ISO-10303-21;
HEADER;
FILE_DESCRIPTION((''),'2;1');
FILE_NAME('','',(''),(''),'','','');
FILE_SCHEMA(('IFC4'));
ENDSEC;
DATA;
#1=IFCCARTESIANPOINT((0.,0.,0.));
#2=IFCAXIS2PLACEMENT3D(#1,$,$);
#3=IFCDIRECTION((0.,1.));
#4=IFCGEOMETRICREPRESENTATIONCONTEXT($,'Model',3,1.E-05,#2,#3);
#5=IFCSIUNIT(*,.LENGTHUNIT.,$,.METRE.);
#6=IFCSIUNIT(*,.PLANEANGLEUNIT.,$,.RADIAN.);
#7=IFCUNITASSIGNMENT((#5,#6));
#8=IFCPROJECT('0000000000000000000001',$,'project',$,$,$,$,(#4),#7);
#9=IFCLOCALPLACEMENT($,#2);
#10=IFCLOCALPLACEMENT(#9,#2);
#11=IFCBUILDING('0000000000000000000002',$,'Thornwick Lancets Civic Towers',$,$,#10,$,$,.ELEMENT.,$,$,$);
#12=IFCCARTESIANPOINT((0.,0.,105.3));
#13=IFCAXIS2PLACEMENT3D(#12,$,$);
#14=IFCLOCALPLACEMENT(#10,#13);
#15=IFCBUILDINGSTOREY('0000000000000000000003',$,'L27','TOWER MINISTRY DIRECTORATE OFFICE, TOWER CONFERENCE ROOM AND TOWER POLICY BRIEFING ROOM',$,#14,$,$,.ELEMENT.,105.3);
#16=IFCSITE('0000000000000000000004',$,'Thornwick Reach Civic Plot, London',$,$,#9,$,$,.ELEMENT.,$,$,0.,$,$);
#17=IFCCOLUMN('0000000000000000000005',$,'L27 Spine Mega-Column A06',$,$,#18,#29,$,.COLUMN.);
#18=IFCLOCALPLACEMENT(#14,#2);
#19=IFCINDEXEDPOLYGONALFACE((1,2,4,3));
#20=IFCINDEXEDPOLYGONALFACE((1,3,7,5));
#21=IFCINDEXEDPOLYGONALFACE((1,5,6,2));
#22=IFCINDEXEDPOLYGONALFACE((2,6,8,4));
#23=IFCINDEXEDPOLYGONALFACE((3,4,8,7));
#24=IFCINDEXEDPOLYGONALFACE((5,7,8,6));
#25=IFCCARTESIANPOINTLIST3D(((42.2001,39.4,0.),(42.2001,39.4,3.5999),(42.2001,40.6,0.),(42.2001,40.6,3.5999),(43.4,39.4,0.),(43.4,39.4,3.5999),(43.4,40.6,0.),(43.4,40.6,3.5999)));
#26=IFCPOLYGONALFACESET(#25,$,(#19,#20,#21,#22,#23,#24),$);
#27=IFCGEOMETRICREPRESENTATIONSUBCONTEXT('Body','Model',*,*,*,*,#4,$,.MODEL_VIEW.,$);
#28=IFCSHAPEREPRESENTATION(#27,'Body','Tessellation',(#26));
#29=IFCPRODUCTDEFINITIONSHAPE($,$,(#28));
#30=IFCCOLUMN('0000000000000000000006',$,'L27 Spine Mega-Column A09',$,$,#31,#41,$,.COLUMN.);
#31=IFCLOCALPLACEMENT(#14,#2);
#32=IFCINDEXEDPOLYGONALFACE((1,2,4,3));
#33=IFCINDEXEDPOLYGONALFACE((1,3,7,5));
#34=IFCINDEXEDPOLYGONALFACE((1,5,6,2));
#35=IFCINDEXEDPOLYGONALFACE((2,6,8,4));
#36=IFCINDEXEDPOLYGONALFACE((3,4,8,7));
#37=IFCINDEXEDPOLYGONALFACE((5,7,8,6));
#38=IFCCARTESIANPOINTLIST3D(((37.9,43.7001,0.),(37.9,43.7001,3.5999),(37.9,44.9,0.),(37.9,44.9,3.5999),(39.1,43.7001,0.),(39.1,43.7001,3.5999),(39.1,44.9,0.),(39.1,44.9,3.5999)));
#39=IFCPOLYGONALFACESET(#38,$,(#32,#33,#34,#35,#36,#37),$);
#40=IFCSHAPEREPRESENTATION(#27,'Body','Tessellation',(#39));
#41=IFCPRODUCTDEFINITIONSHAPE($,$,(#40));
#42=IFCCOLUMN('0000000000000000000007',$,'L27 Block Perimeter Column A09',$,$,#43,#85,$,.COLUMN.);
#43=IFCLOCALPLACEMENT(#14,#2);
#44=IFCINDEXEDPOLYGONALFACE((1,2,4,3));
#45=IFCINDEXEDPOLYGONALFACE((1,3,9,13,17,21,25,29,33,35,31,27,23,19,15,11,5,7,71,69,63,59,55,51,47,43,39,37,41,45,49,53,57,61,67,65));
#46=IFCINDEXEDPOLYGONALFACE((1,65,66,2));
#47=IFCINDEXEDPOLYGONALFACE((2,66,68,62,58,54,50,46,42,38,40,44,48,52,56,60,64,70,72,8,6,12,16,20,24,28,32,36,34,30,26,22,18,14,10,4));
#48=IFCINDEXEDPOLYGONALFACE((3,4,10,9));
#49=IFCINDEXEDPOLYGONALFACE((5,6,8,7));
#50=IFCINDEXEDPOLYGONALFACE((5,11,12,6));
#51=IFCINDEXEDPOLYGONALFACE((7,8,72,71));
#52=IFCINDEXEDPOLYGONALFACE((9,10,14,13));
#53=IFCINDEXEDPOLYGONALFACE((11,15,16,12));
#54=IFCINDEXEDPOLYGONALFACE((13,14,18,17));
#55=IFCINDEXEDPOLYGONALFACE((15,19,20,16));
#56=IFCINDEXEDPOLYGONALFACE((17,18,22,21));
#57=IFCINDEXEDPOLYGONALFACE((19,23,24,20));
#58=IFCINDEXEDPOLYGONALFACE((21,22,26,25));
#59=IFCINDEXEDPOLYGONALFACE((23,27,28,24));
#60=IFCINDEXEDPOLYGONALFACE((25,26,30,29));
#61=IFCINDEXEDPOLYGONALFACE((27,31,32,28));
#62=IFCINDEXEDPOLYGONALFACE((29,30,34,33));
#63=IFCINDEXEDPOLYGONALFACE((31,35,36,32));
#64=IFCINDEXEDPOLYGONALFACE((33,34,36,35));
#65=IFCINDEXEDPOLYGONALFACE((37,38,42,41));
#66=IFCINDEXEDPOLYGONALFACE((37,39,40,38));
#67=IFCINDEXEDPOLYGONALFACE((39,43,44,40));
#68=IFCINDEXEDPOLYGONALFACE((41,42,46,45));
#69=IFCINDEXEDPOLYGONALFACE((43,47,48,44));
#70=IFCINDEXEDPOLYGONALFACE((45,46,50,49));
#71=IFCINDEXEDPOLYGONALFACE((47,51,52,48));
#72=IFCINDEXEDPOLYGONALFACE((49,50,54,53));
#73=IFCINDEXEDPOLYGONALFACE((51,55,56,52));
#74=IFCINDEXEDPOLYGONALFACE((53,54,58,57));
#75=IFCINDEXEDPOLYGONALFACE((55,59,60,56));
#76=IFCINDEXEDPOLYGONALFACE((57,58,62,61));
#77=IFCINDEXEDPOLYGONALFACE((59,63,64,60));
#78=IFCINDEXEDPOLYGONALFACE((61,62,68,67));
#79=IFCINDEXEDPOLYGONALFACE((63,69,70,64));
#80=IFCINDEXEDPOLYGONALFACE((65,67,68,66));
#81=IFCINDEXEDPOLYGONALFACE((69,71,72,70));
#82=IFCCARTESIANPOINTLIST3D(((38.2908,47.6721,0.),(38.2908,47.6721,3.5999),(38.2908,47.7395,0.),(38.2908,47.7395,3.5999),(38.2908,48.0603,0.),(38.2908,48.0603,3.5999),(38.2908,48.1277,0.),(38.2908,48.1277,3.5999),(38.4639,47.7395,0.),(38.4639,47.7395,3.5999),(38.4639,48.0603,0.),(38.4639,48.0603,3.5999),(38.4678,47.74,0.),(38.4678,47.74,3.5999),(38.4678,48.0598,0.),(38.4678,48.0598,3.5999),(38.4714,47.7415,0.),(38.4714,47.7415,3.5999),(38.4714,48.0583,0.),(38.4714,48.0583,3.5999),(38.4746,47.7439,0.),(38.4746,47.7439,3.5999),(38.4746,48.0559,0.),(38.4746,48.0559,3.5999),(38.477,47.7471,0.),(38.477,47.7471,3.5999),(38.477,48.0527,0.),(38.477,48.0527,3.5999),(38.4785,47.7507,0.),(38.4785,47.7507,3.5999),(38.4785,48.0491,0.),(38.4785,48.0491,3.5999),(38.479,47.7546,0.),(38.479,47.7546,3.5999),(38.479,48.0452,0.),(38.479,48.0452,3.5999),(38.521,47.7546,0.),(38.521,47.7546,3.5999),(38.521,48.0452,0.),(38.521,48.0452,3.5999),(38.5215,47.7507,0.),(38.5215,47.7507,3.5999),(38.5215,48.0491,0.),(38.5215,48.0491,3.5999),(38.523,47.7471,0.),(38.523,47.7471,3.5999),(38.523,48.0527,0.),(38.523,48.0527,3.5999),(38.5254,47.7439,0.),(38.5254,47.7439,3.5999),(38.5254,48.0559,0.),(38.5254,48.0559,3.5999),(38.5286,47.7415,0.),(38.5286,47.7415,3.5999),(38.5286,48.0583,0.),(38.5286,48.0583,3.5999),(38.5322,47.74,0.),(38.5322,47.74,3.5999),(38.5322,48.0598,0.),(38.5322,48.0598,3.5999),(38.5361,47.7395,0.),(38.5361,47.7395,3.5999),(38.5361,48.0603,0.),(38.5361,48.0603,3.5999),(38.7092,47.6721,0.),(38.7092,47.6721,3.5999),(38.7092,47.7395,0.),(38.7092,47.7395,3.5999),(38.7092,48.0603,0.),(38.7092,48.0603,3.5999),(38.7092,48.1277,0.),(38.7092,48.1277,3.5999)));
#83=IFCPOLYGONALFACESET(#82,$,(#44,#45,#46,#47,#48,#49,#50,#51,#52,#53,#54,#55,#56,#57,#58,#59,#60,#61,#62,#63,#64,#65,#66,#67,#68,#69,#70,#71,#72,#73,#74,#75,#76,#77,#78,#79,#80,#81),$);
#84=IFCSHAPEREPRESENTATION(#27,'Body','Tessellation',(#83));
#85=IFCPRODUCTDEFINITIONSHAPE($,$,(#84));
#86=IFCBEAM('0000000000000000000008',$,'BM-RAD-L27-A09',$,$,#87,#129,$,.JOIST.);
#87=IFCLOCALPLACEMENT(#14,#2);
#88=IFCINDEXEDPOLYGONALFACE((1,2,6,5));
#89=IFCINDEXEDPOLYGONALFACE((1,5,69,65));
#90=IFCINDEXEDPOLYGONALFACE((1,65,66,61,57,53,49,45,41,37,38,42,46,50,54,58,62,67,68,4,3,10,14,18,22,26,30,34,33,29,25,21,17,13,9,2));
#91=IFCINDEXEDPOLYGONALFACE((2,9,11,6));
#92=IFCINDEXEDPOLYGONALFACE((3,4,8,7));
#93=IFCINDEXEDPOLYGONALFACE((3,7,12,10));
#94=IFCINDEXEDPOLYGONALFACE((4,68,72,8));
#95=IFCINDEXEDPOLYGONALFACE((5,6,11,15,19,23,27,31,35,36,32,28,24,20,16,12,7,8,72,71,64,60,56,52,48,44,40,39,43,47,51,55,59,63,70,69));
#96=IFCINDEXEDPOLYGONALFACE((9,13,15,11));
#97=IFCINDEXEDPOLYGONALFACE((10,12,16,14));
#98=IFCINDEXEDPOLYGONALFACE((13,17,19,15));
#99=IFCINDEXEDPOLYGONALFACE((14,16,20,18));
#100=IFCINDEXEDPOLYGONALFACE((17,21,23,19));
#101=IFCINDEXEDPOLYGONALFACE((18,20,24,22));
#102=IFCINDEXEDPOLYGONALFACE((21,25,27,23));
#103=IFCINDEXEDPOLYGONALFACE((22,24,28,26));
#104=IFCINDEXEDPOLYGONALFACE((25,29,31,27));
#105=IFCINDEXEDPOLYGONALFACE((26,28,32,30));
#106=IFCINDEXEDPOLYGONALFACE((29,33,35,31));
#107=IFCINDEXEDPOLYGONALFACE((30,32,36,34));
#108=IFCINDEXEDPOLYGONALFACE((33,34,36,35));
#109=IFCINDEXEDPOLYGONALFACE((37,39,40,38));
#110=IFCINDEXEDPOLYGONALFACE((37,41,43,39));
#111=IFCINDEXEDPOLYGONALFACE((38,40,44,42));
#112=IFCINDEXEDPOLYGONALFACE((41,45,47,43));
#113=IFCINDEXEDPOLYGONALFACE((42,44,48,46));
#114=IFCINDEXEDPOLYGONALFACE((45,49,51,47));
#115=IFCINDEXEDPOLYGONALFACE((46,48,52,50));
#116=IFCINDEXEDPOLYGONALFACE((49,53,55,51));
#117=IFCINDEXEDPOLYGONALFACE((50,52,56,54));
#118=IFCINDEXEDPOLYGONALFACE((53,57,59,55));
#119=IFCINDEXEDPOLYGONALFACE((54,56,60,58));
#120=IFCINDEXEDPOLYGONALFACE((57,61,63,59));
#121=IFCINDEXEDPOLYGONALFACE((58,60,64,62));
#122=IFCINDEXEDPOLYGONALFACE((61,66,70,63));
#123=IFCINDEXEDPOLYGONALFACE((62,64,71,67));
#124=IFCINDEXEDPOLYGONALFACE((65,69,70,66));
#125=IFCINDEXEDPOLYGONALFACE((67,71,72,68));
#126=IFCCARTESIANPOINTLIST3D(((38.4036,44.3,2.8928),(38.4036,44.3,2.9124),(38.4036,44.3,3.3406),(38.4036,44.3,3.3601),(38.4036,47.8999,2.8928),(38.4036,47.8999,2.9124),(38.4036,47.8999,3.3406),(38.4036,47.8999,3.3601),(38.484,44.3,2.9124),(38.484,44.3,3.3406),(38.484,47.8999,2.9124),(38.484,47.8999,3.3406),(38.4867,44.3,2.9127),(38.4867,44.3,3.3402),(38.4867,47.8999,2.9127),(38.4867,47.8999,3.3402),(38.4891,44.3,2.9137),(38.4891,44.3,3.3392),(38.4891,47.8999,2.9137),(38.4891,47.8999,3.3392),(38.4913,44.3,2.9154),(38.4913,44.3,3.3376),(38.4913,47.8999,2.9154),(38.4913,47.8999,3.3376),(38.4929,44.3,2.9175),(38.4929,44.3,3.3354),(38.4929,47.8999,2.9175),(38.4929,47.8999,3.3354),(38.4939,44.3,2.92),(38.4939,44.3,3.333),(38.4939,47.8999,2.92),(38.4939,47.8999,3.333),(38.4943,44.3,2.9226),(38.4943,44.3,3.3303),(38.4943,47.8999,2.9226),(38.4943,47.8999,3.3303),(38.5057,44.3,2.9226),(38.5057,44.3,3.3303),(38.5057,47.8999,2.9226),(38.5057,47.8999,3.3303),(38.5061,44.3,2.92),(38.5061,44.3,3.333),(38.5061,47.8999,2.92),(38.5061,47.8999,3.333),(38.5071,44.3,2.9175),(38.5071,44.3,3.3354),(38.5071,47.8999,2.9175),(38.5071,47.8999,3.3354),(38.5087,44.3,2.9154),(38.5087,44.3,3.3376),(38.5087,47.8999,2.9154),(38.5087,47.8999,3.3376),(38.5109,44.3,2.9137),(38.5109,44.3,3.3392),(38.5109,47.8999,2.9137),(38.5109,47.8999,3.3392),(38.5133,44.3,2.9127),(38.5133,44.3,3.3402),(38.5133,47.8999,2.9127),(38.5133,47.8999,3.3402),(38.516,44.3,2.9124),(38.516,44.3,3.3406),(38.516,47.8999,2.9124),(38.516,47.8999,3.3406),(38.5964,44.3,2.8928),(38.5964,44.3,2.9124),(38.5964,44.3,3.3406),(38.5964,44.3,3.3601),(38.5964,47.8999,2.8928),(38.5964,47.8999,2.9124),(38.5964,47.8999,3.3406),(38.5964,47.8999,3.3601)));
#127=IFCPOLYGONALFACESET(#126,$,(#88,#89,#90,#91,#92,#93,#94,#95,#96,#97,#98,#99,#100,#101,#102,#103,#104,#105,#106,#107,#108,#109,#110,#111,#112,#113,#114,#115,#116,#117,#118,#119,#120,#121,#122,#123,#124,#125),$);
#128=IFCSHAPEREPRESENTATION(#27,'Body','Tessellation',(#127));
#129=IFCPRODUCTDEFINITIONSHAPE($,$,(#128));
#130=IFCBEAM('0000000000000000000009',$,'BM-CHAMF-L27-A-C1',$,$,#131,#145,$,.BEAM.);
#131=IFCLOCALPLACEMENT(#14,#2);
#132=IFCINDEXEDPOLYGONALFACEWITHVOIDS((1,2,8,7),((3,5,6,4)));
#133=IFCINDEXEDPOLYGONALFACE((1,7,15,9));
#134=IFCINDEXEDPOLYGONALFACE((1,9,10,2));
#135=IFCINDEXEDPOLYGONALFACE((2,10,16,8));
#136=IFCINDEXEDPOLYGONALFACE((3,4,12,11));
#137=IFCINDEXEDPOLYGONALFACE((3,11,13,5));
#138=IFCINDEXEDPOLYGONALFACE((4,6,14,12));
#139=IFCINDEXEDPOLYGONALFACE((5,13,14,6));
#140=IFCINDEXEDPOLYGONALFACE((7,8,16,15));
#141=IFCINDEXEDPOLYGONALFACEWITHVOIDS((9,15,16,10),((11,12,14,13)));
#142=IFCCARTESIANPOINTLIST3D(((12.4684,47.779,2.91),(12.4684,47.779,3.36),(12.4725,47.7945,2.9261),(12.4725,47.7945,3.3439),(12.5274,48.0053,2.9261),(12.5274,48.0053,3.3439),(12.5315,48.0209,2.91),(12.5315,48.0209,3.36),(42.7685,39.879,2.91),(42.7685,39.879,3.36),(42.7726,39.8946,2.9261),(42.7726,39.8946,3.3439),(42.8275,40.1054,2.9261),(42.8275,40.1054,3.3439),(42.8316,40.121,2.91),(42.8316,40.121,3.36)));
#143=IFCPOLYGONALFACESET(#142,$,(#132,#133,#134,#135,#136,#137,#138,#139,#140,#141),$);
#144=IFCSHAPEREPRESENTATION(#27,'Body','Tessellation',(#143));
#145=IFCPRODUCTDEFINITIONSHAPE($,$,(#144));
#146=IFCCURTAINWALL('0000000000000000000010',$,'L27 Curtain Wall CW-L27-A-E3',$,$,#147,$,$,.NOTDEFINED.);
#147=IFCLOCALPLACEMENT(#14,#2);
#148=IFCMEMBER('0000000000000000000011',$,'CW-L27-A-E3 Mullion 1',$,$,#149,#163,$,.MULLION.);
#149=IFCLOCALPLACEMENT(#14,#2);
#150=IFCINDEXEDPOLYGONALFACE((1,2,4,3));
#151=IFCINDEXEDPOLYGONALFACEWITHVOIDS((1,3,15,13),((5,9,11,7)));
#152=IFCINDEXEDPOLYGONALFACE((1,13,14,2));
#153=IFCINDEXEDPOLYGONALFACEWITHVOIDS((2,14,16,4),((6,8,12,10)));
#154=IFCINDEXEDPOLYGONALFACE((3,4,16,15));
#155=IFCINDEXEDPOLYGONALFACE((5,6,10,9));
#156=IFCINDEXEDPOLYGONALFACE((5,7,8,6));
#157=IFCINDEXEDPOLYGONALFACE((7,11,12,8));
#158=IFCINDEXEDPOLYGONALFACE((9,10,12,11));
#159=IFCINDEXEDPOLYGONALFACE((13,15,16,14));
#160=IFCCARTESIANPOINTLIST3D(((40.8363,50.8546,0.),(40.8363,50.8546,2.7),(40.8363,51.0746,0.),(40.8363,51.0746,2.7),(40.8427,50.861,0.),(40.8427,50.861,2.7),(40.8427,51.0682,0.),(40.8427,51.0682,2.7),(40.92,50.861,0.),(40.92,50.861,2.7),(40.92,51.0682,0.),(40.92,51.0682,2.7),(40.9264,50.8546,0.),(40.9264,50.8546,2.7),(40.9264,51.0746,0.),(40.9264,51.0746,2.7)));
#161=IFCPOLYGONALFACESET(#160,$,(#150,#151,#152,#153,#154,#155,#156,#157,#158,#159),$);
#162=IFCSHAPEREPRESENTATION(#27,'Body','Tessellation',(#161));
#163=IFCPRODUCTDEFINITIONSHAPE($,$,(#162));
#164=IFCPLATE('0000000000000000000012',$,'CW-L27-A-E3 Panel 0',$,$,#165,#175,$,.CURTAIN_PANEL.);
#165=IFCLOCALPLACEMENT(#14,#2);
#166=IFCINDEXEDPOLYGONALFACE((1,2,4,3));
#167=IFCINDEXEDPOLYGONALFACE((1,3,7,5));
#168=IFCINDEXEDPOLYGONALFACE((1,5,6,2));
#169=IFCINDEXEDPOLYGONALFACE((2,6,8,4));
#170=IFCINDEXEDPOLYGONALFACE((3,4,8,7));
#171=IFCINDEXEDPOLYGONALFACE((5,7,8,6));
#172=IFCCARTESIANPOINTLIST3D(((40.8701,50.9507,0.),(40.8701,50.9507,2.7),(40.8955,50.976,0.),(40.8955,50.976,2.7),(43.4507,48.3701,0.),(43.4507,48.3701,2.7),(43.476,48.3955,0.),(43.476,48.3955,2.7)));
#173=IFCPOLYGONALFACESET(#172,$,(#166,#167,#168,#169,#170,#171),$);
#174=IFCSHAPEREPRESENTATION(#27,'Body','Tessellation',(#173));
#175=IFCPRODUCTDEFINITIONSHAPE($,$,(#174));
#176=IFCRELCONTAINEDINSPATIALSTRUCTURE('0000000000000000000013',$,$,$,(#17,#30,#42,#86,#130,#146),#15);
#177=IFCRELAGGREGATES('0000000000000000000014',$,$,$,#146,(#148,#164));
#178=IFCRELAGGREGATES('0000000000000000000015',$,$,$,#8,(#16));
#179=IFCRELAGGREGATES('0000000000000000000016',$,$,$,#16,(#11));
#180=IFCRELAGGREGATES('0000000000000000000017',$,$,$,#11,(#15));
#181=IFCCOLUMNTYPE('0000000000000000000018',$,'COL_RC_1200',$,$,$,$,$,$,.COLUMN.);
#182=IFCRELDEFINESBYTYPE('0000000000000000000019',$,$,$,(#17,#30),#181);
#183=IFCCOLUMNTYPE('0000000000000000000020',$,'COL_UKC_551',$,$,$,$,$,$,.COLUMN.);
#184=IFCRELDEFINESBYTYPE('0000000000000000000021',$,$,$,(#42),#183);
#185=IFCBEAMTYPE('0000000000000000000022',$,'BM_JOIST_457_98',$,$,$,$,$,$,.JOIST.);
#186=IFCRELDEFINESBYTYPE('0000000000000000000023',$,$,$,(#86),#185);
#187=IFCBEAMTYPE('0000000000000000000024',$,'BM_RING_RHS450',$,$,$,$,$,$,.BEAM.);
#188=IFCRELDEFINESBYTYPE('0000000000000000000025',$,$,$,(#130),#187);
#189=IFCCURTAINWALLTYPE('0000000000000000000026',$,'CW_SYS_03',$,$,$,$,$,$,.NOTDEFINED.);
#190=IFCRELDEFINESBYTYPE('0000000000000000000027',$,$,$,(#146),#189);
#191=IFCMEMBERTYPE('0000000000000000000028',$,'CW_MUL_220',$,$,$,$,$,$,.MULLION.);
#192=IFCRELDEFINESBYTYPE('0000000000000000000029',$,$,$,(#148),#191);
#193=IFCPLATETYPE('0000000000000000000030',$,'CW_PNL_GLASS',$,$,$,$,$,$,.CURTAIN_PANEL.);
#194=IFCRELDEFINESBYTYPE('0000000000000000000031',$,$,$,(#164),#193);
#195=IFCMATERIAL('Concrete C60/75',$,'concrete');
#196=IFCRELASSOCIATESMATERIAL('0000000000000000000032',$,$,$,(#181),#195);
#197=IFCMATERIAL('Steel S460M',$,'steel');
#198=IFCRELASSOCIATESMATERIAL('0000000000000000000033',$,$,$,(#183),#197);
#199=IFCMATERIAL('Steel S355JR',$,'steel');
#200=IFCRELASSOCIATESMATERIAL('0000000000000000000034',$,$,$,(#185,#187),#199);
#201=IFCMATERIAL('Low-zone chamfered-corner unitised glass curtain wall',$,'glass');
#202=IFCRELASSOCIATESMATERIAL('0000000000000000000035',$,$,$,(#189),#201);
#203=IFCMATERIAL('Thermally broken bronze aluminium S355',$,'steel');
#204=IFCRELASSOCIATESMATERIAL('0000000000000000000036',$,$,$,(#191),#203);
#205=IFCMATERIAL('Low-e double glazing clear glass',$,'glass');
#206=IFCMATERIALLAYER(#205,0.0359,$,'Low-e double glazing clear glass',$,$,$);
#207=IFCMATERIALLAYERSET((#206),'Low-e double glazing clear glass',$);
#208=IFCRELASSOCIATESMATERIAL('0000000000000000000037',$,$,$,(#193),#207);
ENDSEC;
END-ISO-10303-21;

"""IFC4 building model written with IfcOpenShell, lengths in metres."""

from ifc_helpers import new_model, si_unit, direction, frame, origin, origin_2d, place, context, subcontext, project, spatial, rectangle, hollow_rectangle, i_section, extrude, material, layer, layer_set, material_profile, profile_set, type_object, element, aggregate, save


model = new_model("IFC4")

# Units and contexts
model_context = context("Model", 3, precision=1e-05, world=origin(), true_north=direction((0.0, 1.0)))
body_context = subcontext(model_context, "Body", "Model", "MODEL_VIEW")
ifc_project = project(units=[si_unit("LENGTHUNIT", "METRE"), si_unit("PLANEANGLEUNIT", "RADIAN")], contexts=[model_context])

# Site, building, storey
site_placement = place(None, origin())
site = spatial("IfcSite", under=ifc_project, at=site_placement, Name="Thornwick Reach Civic Plot, London", CompositionType="ELEMENT", RefElevation=0.0)
building_placement = place(site_placement, origin())
building = spatial("IfcBuilding", under=site, at=building_placement, Name="Thornwick Lancets Civic Towers", CompositionType="ELEMENT")
storey_placement = place(building_placement, frame((0.0, 0.0, 105.3)))
storey = spatial("IfcBuildingStorey", under=building, at=storey_placement, Name="L27", Description="TOWER MINISTRY DIRECTORATE OFFICE, TOWER CONFERENCE ROOM AND TOWER POLICY BRIEFING ROOM", CompositionType="ELEMENT", Elevation=105.3)

# Columns
ifc_material_1 = material(Name="Concrete C60/75", Category="concrete")
ifc_material_profile_1 = material_profile(ifc_material_1, rectangle(XDim=1.2, YDim=1.2, at=origin_2d()), Name="RC 1200x1200")
ifc_profile_set_1 = profile_set([ifc_material_profile_1], Name="Concrete C60/75")
column_type_1 = type_object("IfcColumnType", Name="COL_RC_1200", PredefinedType="COLUMN", material=ifc_profile_set_1)
for number, where, z_axis, x_axis, name in (
    (1, (42.8, 40.0, 0.0), (0.0, 0.0, 1.0), (1.0, 0.0, 0.0), "L27 Spine Mega-Column A06"),
    (2, (38.5, 44.3, 0.0), (0.0, 0.0, 1.0), (1.0, 0.0, 0.0), "L27 Spine Mega-Column A09"),
):
    element("IfcColumn", number, at=place(storey_placement, frame(where, z_axis=z_axis, x_axis=x_axis)), inside=storey, type_object=column_type_1, Name=name, PredefinedType="COLUMN", context=body_context, shape_type="SweptSolid", body=[
        extrude(rectangle(XDim=1.2, YDim=1.2, at=origin_2d()), origin(), (0.0, 0.0, 1.0), 3.5999),
    ])
ifc_material_2 = material(Name="Steel S460M", Category="steel")
ifc_material_profile_2 = material_profile(ifc_material_2, i_section(OverallWidth=0.4185, OverallDepth=0.4556, WebThickness=0.042, FlangeThickness=0.0674, FilletRadius=0.0151, at=origin_2d()), Name="UKC 356x406x551")
ifc_profile_set_2 = profile_set([ifc_material_profile_2], Name="Steel S460M")
column_type_2 = type_object("IfcColumnType", Name="COL_UKC_551", PredefinedType="COLUMN", material=ifc_profile_set_2)
column_placement = place(storey_placement, frame((38.5, 47.8999, 0.0), z_axis=(0.0, 0.0, 1.0), x_axis=(1.0, 0.0, 0.0)))
element("IfcColumn", 3, at=column_placement, inside=storey, type_object=column_type_2, Name="L27 Block Perimeter Column A09", PredefinedType="COLUMN", context=body_context, shape_type="SweptSolid", body=[
    extrude(i_section(OverallWidth=0.4185, OverallDepth=0.4556, WebThickness=0.042, FlangeThickness=0.0674, FilletRadius=0.0151, at=origin_2d()), origin(), (0.0, 0.0, 1.0), 3.5999),
])

# Beams
ifc_material_3 = material(Name="Steel S355JR", Category="steel")
ifc_material_profile_3 = material_profile(ifc_material_3, i_section(OverallWidth=0.1929, OverallDepth=0.4673, WebThickness=0.0115, FlangeThickness=0.0195, FilletRadius=0.0103, at=origin_2d()), Name="UKB 457x191x98")
ifc_profile_set_3 = profile_set([ifc_material_profile_3], Name="Steel S355JR")
beam_type_1 = type_object("IfcBeamType", Name="BM_JOIST_457_98", PredefinedType="JOIST", material=ifc_profile_set_3)
beam_1_placement = place(storey_placement, frame((38.5, 44.3, 3.1265), z_axis=(0.0, 1.0, 0.0), x_axis=(-1.0, 0.0, 0.0)))
element("IfcBeam", 4, at=beam_1_placement, inside=storey, type_object=beam_type_1, Name="BM-RAD-L27-A09", PredefinedType="JOIST", context=body_context, shape_type="SweptSolid", body=[
    extrude(i_section(OverallWidth=0.1929, OverallDepth=0.4673, WebThickness=0.0115, FlangeThickness=0.0195, FilletRadius=0.0103, at=origin_2d()), origin(), (0.0, 0.0, 1.0), 3.5999),
])
ifc_material_profile_4 = material_profile(ifc_material_3, hollow_rectangle(XDim=0.25, YDim=0.45, WallThickness=0.0161, at=origin_2d()), Name="RHS 450x250x16")
ifc_profile_set_4 = profile_set([ifc_material_profile_4], Name="Steel S355JR")
beam_type_2 = type_object("IfcBeamType", Name="BM_RING_RHS450", PredefinedType="BEAM", material=ifc_profile_set_4)
beam_2_placement = place(storey_placement, frame((42.8, 40.0, 3.135), z_axis=(-0.967652, 0.252289, 0.0), x_axis=(-0.252289, -0.967652, 0.0)))
element("IfcBeam", 5, at=beam_2_placement, inside=storey, type_object=beam_type_2, Name="BM-CHAMF-L27-A-C1", PredefinedType="BEAM", context=body_context, shape_type="SweptSolid", body=[
    extrude(hollow_rectangle(XDim=0.25, YDim=0.45, WallThickness=0.0161, at=origin_2d()), origin(), (0.0, 0.0, 1.0), 31.313),
])

# Curtain wall, member, plate
ifc_material_4 = material(Name="Low-zone chamfered-corner unitised glass curtain wall", Category="glass")
curtain_wall_type = type_object("IfcCurtainWallType", Name="CW_SYS_03", PredefinedType="NOTDEFINED", material=ifc_material_4)
curtain_wall_placement = place(storey_placement, origin())
curtain_wall = element("IfcCurtainWall", 6, at=curtain_wall_placement, inside=storey, type_object=curtain_wall_type, Name="L27 Curtain Wall CW-L27-A-E3", PredefinedType="NOTDEFINED")
ifc_material_5 = material(Name="Thermally broken bronze aluminium S355", Category="steel")
ifc_material_profile_5 = material_profile(ifc_material_5, hollow_rectangle(XDim=0.0901, YDim=0.22, WallThickness=0.0063, at=origin_2d()), Name="RHS 220x90x6.3")
ifc_profile_set_5 = profile_set([ifc_material_profile_5], Name="Thermally broken bronze aluminium S355")
member_type = type_object("IfcMemberType", Name="CW_MUL_220", PredefinedType="MULLION", material=ifc_profile_set_5)
member_placement = place(storey_placement, frame((40.8813, 50.9646, 0.0), z_axis=(0.0, 0.0, 1.0), x_axis=(1.0, 0.0, 0.0)))
member = element("IfcMember", 7, at=member_placement, type_object=member_type, Name="CW-L27-A-E3 Mullion 1", PredefinedType="MULLION", context=body_context, shape_type="SweptSolid", body=[
    extrude(hollow_rectangle(XDim=0.0901, YDim=0.22, WallThickness=0.0063, at=origin_2d()), origin(), (0.0, 0.0, 1.0), 2.7),
])
ifc_material_6 = material(Name="Low-e double glazing clear glass", Category="glass")
ifc_layer_1 = layer(ifc_material_6, 0.0359, Name="Low-e double glazing clear glass")
ifc_layer_set_1 = layer_set([ifc_layer_1], Name="Low-e double glazing clear glass")
plate_type = type_object("IfcPlateType", Name="CW_PNL_GLASS", PredefinedType="CURTAIN_PANEL", material=ifc_layer_set_1)
plate_placement = place(storey_placement, frame((42.1731, 49.6731, 0.0), z_axis=(0.0, 0.0, 1.0), x_axis=(-0.707107, 0.707107, 0.0)))
plate = element("IfcPlate", 8, at=plate_placement, type_object=plate_type, Name="CW-L27-A-E3 Panel 0", PredefinedType="CURTAIN_PANEL", context=body_context, shape_type="SweptSolid", body=[
    extrude(rectangle(XDim=3.6494, YDim=0.0359, at=origin_2d()), origin(), (0.0, 0.0, 1.0), 2.7),
])
aggregate(curtain_wall, [member, plate])

save(model, "model.ifc")
